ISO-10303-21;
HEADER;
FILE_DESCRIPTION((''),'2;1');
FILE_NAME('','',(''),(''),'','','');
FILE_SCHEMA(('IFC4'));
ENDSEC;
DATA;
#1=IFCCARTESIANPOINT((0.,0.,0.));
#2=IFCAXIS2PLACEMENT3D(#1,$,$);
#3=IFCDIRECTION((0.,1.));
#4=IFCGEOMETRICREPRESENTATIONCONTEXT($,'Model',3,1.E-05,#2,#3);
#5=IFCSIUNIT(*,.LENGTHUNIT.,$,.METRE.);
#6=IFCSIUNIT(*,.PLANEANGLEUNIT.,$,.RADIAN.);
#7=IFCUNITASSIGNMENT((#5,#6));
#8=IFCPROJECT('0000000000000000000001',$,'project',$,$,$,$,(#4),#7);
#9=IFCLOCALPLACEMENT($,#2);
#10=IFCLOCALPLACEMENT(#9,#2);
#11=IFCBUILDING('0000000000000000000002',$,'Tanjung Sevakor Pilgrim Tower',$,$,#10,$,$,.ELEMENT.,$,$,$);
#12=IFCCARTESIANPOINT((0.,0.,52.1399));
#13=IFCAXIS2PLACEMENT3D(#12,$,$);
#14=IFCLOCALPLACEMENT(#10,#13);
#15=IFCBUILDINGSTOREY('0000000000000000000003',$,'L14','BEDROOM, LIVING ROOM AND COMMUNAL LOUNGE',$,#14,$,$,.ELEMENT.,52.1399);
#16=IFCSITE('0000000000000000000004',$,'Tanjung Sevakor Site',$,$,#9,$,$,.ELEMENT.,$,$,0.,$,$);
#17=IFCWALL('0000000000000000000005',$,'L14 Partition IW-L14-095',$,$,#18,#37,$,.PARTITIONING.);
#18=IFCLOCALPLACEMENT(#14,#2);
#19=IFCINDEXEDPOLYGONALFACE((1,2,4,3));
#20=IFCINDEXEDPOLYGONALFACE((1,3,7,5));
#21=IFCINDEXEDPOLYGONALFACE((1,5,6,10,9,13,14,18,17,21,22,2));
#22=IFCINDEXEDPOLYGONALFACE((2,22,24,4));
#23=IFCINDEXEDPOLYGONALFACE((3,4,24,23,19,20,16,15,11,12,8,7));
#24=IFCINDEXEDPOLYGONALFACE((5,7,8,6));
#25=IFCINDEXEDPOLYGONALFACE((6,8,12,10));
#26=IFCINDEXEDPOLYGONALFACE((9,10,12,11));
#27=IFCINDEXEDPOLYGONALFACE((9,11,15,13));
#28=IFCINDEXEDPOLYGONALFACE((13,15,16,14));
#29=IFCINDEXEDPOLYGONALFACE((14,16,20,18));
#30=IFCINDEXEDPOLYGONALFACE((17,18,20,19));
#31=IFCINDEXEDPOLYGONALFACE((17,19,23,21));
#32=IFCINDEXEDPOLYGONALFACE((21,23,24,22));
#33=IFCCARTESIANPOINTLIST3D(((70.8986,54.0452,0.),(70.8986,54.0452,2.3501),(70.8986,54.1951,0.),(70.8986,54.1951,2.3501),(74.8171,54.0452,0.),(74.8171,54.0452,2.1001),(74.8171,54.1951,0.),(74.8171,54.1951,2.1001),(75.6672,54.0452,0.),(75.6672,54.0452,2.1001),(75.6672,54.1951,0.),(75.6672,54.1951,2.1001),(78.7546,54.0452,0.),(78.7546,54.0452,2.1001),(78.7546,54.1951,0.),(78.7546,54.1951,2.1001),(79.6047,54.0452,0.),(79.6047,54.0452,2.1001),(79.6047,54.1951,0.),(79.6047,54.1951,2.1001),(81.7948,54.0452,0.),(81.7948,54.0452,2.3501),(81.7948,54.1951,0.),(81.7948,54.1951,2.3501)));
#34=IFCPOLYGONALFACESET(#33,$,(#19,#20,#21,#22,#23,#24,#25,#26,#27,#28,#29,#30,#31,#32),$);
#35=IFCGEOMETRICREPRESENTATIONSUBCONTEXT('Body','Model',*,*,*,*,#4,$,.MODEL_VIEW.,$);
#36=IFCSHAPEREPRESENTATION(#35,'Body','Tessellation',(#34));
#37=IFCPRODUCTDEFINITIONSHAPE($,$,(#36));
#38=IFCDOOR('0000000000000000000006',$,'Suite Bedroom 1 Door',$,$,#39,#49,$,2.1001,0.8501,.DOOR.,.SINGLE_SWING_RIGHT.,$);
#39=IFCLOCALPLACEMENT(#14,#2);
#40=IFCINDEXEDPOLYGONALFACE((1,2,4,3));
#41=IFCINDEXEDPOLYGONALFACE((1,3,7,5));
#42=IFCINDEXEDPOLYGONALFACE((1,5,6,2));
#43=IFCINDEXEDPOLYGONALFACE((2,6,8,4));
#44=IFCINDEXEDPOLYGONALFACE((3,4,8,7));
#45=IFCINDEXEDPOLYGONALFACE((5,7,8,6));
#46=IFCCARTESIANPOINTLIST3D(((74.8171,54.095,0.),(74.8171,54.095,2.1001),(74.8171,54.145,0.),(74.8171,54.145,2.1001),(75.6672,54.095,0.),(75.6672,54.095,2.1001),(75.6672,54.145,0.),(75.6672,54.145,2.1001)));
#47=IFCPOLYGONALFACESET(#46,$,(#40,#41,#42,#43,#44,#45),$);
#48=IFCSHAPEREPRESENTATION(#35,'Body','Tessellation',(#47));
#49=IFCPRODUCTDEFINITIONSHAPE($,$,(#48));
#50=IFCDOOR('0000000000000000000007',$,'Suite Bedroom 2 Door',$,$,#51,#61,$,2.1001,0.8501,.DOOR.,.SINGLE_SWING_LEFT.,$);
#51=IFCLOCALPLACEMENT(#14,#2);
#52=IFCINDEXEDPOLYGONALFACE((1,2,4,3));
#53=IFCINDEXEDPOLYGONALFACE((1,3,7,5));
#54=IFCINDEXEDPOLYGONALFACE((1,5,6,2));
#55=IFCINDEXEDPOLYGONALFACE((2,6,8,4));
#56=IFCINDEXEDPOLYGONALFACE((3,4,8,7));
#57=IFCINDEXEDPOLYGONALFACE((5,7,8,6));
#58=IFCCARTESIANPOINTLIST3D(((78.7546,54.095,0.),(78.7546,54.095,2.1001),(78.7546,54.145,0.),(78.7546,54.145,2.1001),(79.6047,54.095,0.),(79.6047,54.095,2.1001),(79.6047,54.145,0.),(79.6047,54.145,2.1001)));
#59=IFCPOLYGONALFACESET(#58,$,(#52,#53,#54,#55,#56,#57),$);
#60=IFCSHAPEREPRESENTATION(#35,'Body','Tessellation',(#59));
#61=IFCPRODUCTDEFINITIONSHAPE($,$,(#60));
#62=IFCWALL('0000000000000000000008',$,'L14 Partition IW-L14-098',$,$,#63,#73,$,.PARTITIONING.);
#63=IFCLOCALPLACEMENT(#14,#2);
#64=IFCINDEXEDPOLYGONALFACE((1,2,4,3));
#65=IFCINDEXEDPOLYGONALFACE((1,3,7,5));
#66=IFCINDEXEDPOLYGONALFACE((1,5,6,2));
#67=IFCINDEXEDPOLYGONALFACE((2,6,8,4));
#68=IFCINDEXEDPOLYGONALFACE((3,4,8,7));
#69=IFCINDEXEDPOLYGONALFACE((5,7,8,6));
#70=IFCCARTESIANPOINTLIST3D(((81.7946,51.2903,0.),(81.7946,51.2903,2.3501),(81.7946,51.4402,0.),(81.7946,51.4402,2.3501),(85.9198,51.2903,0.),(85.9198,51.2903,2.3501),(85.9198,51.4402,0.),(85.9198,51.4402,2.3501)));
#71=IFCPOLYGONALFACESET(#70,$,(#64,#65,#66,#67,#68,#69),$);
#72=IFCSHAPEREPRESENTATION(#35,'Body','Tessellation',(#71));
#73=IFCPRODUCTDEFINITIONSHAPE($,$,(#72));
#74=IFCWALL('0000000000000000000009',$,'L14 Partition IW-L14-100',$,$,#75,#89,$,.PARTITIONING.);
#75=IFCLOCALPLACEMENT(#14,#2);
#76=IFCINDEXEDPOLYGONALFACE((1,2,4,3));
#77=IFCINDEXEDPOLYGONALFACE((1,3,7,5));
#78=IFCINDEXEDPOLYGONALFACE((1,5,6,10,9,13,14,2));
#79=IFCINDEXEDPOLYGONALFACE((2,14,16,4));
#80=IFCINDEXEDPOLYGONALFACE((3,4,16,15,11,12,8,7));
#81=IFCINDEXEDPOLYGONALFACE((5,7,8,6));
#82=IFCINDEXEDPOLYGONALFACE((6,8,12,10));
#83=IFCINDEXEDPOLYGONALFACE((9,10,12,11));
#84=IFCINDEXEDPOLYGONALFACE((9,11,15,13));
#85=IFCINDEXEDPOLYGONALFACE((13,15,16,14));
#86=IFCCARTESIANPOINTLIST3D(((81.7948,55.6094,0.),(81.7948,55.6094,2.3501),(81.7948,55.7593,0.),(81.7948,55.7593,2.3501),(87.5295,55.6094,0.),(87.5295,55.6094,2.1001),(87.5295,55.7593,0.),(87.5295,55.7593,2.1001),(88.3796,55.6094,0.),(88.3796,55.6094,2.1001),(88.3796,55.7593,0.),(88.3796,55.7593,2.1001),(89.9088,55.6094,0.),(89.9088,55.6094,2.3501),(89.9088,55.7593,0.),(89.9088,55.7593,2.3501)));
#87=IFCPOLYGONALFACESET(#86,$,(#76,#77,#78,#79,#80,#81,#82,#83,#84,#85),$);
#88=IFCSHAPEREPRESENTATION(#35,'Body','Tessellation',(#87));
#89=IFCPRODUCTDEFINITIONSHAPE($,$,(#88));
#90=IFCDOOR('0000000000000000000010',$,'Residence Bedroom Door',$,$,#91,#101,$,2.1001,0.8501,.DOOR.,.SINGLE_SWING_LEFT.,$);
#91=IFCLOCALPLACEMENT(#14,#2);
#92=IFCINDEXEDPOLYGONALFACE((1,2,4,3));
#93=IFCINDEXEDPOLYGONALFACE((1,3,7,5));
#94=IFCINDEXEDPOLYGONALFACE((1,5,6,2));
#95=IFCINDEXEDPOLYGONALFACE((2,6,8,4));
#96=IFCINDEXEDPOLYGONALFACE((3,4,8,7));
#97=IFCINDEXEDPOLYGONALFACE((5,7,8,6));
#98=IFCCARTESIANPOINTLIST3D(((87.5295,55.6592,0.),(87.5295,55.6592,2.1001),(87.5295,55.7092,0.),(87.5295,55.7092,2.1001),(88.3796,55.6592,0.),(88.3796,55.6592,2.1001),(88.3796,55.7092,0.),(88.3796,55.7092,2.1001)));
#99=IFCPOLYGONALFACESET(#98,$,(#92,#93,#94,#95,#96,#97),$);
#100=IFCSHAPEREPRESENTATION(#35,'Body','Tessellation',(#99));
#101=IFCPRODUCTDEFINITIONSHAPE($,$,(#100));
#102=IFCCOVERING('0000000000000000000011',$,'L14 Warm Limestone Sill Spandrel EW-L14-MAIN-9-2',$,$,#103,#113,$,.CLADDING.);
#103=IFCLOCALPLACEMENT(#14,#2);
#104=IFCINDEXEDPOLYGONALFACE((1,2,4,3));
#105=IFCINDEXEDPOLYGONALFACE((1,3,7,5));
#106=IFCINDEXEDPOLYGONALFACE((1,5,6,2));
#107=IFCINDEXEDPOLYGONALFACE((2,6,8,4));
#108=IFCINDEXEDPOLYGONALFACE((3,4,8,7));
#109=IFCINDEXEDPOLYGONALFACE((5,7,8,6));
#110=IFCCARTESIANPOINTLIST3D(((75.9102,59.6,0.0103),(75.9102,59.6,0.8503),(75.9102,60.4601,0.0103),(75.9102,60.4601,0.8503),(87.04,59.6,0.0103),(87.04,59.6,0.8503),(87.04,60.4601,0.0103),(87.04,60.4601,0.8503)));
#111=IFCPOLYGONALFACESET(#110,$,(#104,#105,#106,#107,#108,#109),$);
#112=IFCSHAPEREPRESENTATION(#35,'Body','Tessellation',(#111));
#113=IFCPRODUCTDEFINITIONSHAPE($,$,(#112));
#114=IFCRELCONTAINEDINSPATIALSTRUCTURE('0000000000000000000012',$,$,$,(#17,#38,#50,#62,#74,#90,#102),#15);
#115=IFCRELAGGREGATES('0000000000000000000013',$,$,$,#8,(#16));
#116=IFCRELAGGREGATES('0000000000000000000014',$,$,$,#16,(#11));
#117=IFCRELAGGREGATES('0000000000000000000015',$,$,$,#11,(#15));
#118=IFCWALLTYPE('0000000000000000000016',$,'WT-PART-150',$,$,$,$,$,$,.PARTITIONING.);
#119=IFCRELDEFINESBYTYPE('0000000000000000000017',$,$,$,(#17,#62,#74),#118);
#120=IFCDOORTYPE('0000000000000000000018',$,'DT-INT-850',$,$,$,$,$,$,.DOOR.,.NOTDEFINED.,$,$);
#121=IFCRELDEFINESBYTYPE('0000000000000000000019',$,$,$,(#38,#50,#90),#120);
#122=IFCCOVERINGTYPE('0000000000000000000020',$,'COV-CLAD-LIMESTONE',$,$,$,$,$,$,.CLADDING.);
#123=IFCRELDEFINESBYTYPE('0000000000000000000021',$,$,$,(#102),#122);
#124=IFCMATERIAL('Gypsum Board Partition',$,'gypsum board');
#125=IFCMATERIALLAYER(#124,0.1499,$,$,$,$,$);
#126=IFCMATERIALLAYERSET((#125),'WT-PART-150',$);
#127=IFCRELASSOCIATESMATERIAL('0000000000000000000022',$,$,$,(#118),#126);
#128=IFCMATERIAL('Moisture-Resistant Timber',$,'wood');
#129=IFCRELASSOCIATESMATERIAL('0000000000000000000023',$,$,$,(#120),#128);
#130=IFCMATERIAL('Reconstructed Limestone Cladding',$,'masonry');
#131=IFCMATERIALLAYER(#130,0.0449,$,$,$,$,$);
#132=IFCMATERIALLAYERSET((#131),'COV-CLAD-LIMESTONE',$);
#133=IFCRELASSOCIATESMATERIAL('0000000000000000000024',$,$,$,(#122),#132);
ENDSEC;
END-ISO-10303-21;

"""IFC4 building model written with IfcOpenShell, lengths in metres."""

from ifc_helpers import new_model, si_unit, direction, frame, frame_2d, origin, origin_2d, place, context, subcontext, project, spatial, rectangle, extrude, material, layer, layer_set, type_object, element, fill, save


model = new_model("IFC4")

# Units and contexts
model_context = context("Model", 3, precision=1e-05, world=origin(), true_north=direction((0.0, 1.0)))
body_context = subcontext(model_context, "Body", "Model", "MODEL_VIEW")
ifc_project = project(units=[si_unit("LENGTHUNIT", "METRE"), si_unit("PLANEANGLEUNIT", "RADIAN")], contexts=[model_context])

# Site, building, storey
site_placement = place(None, origin())
site = spatial("IfcSite", under=ifc_project, at=site_placement, Name="Tanjung Sevakor Site", CompositionType="ELEMENT", RefElevation=0.0)
building_placement = place(site_placement, origin())
building = spatial("IfcBuilding", under=site, at=building_placement, Name="Tanjung Sevakor Pilgrim Tower", CompositionType="ELEMENT")
storey_placement = place(building_placement, frame((0.0, 0.0, 52.1399)))
storey = spatial("IfcBuildingStorey", under=building, at=storey_placement, Name="L14", Description="BEDROOM, LIVING ROOM AND COMMUNAL LOUNGE", CompositionType="ELEMENT", Elevation=52.1399)

# Shared definitions
ifc_material_1 = material(Name="Gypsum Board Partition", Category="gypsum board")
ifc_layer_1 = layer(ifc_material_1, 0.1499)
ifc_layer_set_1 = layer_set([ifc_layer_1], Name="WT-PART-150")
wall_type_1 = type_object("IfcWallType", Name="WT-PART-150", PredefinedType="PARTITIONING", material=ifc_layer_set_1)

# Wall, openings, doors
wall_1_placement = place(storey_placement, frame((70.8984, 54.1201, 0.0), z_axis=(0.0, 0.0, 1.0), x_axis=(1.0, 0.0, 0.0)))
wall_1 = element("IfcWall", 1, at=wall_1_placement, inside=storey, type_object=wall_type_1, Name="L14 Partition IW-L14-095", PredefinedType="PARTITIONING", context=body_context, shape_type="SweptSolid", body=[
    extrude(rectangle(XDim=10.8962, YDim=0.1499, at=frame_2d((5.4482, 0.0))), origin(), (0.0, 0.0, 1.0), 2.3501),
])
opening_1_placement = place(wall_1_placement, frame((3.9187, 0.0, 0.0)))
opening_1 = element("IfcOpeningElement", 2, at=opening_1_placement, cuts=wall_1, PredefinedType="OPENING", context=body_context, shape_type="SweptSolid", body=[
    extrude(rectangle(XDim=0.8501, YDim=2.1001, at=frame_2d((0.425, 1.05))), frame((0.0, 0.085, 0.0), z_axis=(0.0, -1.0, 0.0), x_axis=(1.0, 0.0, 0.0)), (0.0, 0.0, 1.0), 0.1699),
])
opening_2_placement = place(wall_1_placement, frame((7.8562, 0.0, 0.0)))
opening_2 = element("IfcOpeningElement", 3, at=opening_2_placement, cuts=wall_1, PredefinedType="OPENING", context=body_context, shape_type="SweptSolid", body=[
    extrude(rectangle(XDim=0.8501, YDim=2.1001, at=frame_2d((0.425, 1.05))), frame((0.0, 0.085, 0.0), z_axis=(0.0, -1.0, 0.0), x_axis=(1.0, 0.0, 0.0)), (0.0, 0.0, 1.0), 0.1699),
])
ifc_material_2 = material(Name="Moisture-Resistant Timber", Category="wood")
door_type_1 = type_object("IfcDoorType", Name="DT-INT-850", OperationType="NOTDEFINED", PredefinedType="DOOR", material=ifc_material_2)
door_1_placement = place(opening_1_placement, origin())
door_1 = element("IfcDoor", 4, at=door_1_placement, inside=storey, type_object=door_type_1, Name="Suite Bedroom 1 Door", OperationType="SINGLE_SWING_RIGHT", OverallHeight=2.1001, OverallWidth=0.8501, PredefinedType="DOOR", context=body_context, shape_type="SweptSolid", body=[
    extrude(rectangle(XDim=0.8501, YDim=2.1001, at=frame_2d((0.425, 1.05))), frame((0.0, 0.0249, 0.0), z_axis=(0.0, -1.0, 0.0), x_axis=(1.0, 0.0, 0.0)), (0.0, 0.0, 1.0), 0.05),
])
fill(opening_1, door_1)
door_2_placement = place(opening_2_placement, origin())
door_2 = element("IfcDoor", 5, at=door_2_placement, inside=storey, type_object=door_type_1, Name="Suite Bedroom 2 Door", OperationType="SINGLE_SWING_LEFT", OverallHeight=2.1001, OverallWidth=0.8501, PredefinedType="DOOR", context=body_context, shape_type="SweptSolid", body=[
    extrude(rectangle(XDim=0.8501, YDim=2.1001, at=frame_2d((0.425, 1.05))), frame((0.0, 0.0249, 0.0), z_axis=(0.0, -1.0, 0.0), x_axis=(1.0, 0.0, 0.0)), (0.0, 0.0, 1.0), 0.05),
])
fill(opening_2, door_2)

# Wall
wall_2_placement = place(storey_placement, frame((81.7947, 51.3652, 0.0), z_axis=(0.0, 0.0, 1.0), x_axis=(1.0, 0.0, 0.0)))
element("IfcWall", 6, at=wall_2_placement, inside=storey, type_object=wall_type_1, Name="L14 Partition IW-L14-098", PredefinedType="PARTITIONING", context=body_context, shape_type="SweptSolid", body=[
    extrude(rectangle(XDim=4.1252, YDim=0.1499, at=frame_2d((2.0625, 0.0))), origin(), (0.0, 0.0, 1.0), 2.3501),
])

# Wall, opening, door
wall_3_placement = place(storey_placement, frame((81.7947, 55.6843, 0.0), z_axis=(0.0, 0.0, 1.0), x_axis=(1.0, 0.0, 0.0)))
wall_3 = element("IfcWall", 7, at=wall_3_placement, inside=storey, type_object=wall_type_1, Name="L14 Partition IW-L14-100", PredefinedType="PARTITIONING", context=body_context, shape_type="SweptSolid", body=[
    extrude(rectangle(XDim=8.114, YDim=0.1499, at=frame_2d((4.0571, 0.0))), origin(), (0.0, 0.0, 1.0), 2.3501),
])
opening_3_placement = place(wall_3_placement, frame((5.7349, 0.0, 0.0)))
opening_3 = element("IfcOpeningElement", 8, at=opening_3_placement, cuts=wall_3, PredefinedType="OPENING", context=body_context, shape_type="SweptSolid", body=[
    extrude(rectangle(XDim=0.8501, YDim=2.1001, at=frame_2d((0.425, 1.05))), frame((0.0, 0.085, 0.0), z_axis=(0.0, -1.0, 0.0), x_axis=(1.0, 0.0, 0.0)), (0.0, 0.0, 1.0), 0.1699),
])
door_3_placement = place(opening_3_placement, origin())
door_3 = element("IfcDoor", 9, at=door_3_placement, inside=storey, type_object=door_type_1, Name="Residence Bedroom Door", OperationType="SINGLE_SWING_LEFT", OverallHeight=2.1001, OverallWidth=0.8501, PredefinedType="DOOR", context=body_context, shape_type="SweptSolid", body=[
    extrude(rectangle(XDim=0.8501, YDim=2.1001, at=frame_2d((0.425, 1.05))), frame((0.0, 0.0249, 0.0), z_axis=(0.0, -1.0, 0.0), x_axis=(1.0, 0.0, 0.0)), (0.0, 0.0, 1.0), 0.05),
])
fill(opening_3, door_3)

# Covering
ifc_material_3 = material(Name="Reconstructed Limestone Cladding", Category="masonry")
ifc_layer_2 = layer(ifc_material_3, 0.0449)
ifc_layer_set_2 = layer_set([ifc_layer_2], Name="COV-CLAD-LIMESTONE")
covering_type = type_object("IfcCoveringType", Name="COV-CLAD-LIMESTONE", PredefinedType="CLADDING", material=ifc_layer_set_2)
covering_placement = place(storey_placement, frame((81.4751, 60.03, 0.0103), z_axis=(0.0, 0.0, 1.0), x_axis=(-1.0, 0.0, 0.0)))
element("IfcCovering", 10, at=covering_placement, inside=storey, type_object=covering_type, Name="L14 Warm Limestone Sill Spandrel EW-L14-MAIN-9-2", PredefinedType="CLADDING", context=body_context, shape_type="SweptSolid", body=[
    extrude(rectangle(XDim=11.1299, YDim=0.8601, at=origin_2d()), origin(), (0.0, 0.0, 1.0), 0.8401),
])

save(model, "model.ifc")
